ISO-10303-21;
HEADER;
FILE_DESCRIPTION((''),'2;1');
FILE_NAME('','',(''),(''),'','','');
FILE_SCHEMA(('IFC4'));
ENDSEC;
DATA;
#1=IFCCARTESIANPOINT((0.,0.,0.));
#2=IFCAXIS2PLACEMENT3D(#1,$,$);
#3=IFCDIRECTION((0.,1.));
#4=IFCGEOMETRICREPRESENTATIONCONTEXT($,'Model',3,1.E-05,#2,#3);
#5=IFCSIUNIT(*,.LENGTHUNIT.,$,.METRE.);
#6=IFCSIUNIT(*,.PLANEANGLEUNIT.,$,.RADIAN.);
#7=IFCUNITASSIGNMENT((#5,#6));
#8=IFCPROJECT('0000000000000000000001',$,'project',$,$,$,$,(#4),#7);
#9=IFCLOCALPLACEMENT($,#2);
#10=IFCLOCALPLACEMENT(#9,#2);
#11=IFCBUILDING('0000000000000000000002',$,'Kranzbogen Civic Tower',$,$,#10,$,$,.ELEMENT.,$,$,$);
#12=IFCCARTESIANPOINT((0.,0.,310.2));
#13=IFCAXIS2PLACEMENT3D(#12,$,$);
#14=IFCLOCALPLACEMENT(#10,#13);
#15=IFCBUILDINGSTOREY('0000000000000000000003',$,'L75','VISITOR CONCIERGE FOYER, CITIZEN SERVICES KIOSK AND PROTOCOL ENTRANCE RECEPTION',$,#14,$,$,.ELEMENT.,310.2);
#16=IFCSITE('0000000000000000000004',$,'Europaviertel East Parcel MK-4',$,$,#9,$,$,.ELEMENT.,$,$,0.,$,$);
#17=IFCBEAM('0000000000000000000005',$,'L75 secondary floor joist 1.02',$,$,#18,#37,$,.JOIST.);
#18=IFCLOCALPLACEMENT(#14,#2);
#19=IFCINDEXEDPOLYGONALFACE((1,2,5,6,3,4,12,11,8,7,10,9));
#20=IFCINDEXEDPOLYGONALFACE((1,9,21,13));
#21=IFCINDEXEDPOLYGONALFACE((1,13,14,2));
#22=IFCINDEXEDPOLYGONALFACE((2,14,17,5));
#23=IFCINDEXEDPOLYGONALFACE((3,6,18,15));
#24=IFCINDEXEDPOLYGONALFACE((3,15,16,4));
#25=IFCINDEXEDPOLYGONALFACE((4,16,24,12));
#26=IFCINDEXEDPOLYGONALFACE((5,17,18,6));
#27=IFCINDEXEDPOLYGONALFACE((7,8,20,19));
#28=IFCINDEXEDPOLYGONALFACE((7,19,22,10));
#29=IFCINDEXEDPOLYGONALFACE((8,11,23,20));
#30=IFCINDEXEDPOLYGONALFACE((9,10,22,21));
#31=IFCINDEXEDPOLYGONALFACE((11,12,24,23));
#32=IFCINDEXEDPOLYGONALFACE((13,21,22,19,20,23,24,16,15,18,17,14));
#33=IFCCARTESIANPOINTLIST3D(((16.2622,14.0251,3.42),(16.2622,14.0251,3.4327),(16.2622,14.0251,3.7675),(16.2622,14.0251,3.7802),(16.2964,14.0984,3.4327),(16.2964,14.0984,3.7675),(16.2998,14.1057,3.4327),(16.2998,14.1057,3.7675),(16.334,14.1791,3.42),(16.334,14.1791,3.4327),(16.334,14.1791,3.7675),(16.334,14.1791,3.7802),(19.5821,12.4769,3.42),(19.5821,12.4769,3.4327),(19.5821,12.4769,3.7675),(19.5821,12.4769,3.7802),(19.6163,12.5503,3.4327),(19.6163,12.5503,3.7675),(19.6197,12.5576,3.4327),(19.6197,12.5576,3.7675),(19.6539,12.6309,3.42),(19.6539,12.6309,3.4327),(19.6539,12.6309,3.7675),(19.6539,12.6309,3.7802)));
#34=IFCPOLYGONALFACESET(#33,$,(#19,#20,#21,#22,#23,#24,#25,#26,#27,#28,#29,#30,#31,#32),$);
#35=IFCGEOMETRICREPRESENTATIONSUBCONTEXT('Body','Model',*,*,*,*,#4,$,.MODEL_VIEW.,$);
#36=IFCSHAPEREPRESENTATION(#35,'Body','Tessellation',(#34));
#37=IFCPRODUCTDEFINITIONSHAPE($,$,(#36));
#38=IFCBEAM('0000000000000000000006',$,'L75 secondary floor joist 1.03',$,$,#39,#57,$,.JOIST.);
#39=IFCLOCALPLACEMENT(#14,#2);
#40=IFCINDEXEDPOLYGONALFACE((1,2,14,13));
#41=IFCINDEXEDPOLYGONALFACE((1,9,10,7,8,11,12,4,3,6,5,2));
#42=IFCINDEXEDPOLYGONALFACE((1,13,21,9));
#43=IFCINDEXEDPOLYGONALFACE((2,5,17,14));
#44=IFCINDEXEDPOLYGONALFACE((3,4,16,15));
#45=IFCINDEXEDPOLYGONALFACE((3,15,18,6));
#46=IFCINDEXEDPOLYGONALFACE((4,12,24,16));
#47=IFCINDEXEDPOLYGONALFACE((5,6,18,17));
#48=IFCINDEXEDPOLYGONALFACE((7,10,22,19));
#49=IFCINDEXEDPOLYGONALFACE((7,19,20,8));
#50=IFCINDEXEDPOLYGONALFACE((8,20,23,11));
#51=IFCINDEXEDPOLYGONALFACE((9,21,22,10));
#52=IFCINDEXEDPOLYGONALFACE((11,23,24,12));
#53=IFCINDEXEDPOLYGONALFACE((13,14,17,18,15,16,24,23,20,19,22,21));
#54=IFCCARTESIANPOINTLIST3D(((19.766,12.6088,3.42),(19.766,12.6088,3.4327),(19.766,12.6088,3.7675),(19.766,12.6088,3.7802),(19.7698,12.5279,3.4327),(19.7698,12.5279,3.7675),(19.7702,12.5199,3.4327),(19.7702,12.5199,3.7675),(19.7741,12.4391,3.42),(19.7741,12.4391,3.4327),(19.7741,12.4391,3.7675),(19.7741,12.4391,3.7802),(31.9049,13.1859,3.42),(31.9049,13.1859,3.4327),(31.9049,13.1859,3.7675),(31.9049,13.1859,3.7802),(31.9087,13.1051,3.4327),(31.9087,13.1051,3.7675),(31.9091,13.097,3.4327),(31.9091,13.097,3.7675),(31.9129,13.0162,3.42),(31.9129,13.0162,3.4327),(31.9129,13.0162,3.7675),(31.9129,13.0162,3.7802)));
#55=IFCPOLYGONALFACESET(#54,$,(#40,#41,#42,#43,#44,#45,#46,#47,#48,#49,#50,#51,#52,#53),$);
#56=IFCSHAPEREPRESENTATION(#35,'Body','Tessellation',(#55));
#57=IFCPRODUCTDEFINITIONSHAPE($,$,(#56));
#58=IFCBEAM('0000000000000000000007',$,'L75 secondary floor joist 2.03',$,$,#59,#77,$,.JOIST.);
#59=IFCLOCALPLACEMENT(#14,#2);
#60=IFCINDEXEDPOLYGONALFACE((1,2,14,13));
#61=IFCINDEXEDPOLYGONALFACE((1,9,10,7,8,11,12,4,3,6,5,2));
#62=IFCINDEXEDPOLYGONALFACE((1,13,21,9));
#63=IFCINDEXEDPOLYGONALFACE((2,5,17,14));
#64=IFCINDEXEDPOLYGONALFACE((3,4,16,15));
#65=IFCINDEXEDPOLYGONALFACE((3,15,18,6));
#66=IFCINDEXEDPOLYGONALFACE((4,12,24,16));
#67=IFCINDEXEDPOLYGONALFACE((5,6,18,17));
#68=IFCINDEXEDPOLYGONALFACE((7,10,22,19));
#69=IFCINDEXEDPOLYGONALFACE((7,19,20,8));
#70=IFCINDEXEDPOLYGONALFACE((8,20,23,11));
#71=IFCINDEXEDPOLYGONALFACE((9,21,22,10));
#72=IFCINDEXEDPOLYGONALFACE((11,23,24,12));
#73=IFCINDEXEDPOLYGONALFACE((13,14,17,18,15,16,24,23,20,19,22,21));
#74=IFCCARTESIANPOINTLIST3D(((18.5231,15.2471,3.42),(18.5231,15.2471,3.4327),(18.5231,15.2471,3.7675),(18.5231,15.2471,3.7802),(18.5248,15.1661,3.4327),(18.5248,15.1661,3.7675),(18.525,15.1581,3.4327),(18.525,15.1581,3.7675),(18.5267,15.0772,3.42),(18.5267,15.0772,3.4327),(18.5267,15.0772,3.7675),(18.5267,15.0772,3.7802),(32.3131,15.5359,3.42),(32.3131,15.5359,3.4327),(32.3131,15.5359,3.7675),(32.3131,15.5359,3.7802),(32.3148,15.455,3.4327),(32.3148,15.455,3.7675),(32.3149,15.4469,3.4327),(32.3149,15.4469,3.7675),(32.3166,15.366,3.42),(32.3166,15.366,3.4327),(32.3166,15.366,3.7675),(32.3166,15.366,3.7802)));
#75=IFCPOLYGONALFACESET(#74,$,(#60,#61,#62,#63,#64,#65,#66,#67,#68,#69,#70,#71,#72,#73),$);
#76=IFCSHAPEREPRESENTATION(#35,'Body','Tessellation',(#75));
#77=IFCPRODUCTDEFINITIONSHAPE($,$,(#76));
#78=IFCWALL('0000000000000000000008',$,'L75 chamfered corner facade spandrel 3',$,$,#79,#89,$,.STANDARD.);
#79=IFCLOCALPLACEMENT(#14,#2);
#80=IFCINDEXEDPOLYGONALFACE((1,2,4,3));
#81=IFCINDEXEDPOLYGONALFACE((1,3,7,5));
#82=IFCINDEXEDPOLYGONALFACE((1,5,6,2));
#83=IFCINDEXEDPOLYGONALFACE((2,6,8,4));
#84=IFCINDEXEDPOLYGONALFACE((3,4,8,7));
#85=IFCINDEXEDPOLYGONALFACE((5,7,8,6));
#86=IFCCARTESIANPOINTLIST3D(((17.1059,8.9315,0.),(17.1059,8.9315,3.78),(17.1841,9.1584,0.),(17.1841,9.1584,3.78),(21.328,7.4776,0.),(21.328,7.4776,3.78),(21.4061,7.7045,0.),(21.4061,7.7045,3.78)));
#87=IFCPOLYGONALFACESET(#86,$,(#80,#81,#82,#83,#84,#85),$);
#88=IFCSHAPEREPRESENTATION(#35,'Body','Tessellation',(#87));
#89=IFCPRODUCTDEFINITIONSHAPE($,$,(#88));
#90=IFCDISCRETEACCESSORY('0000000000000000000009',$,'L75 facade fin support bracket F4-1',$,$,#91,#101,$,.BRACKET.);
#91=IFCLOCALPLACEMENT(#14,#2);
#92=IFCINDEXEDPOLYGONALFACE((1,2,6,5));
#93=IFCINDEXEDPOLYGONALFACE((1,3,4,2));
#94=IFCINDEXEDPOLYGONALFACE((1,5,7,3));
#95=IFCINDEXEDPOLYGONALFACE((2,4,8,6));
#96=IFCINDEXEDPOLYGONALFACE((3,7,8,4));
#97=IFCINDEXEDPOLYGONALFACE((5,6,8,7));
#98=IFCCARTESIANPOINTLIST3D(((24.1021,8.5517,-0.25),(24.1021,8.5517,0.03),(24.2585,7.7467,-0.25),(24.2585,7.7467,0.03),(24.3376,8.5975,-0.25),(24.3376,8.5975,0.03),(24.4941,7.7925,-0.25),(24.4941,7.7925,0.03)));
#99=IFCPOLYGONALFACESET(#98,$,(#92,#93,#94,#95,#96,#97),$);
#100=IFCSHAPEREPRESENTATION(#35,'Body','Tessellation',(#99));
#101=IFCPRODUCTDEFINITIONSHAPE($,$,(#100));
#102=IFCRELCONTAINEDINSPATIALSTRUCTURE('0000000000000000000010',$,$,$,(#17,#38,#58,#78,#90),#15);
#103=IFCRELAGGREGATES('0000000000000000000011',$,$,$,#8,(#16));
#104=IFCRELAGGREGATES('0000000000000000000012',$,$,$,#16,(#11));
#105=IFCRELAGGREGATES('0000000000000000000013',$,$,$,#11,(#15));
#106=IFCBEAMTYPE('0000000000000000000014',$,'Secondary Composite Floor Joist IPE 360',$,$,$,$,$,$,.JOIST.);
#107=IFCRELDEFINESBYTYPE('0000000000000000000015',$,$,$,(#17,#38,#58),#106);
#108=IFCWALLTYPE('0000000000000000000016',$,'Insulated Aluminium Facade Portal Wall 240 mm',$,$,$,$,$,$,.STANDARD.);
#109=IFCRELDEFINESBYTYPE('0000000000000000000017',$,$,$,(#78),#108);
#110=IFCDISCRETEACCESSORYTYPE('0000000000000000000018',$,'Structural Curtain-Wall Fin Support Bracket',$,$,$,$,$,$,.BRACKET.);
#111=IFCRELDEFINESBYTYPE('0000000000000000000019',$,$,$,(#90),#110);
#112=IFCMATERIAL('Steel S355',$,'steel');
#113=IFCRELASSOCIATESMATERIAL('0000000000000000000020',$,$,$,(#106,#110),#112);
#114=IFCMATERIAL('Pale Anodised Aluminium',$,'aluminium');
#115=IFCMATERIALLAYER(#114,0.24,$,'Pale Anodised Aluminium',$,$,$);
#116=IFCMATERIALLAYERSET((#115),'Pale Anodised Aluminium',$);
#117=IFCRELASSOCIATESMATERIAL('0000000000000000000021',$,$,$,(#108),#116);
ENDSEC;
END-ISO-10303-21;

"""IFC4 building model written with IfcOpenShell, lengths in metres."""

from ifc_helpers import new_model, si_unit, direction, frame, frame_2d, origin, origin_2d, place, context, subcontext, project, spatial, rectangle, i_section, extrude, material, layer, layer_set, material_profile, profile_set, type_object, element, save


model = new_model("IFC4")

# Units and contexts
model_context = context("Model", 3, precision=1e-05, world=origin(), true_north=direction((0.0, 1.0)))
body_context = subcontext(model_context, "Body", "Model", "MODEL_VIEW")
ifc_project = project(units=[si_unit("LENGTHUNIT", "METRE"), si_unit("PLANEANGLEUNIT", "RADIAN")], contexts=[model_context])

# Site, building, storey
site_placement = place(None, origin())
site = spatial("IfcSite", under=ifc_project, at=site_placement, Name="Europaviertel East Parcel MK-4", CompositionType="ELEMENT", RefElevation=0.0)
building_placement = place(site_placement, origin())
building = spatial("IfcBuilding", under=site, at=building_placement, Name="Kranzbogen Civic Tower", CompositionType="ELEMENT")
storey_placement = place(building_placement, frame((0.0, 0.0, 310.2)))
storey = spatial("IfcBuildingStorey", under=building, at=storey_placement, Name="L75", Description="VISITOR CONCIERGE FOYER, CITIZEN SERVICES KIOSK AND PROTOCOL ENTRANCE RECEPTION", CompositionType="ELEMENT", Elevation=310.2)

# Shared definitions
ifc_material_1 = material(Name="Steel S355", Category="steel")

# Shared definitions
ifc_material_2 = material(Name="Pale Anodised Aluminium", Category="aluminium")

# Beams
ifc_material_profile_1 = material_profile(ifc_material_1, i_section(OverallWidth=0.1699, OverallDepth=0.3601, WebThickness=0.0081, FlangeThickness=0.0127, at=origin_2d()), Name="IPE 360")
ifc_profile_set_1 = profile_set([ifc_material_profile_1], Name="Steel S355")
beam_type_1 = type_object("IfcBeamType", Name="Secondary Composite Floor Joist IPE 360", PredefinedType="JOIST", material=ifc_profile_set_1)
beam_1_placement = place(storey_placement, frame((16.2981, 14.1021, 3.6001), z_axis=(0.906304, -0.422626, 0.0), x_axis=(0.422626, 0.906304, 0.0)))
element("IfcBeam", 1, at=beam_1_placement, inside=storey, type_object=beam_type_1, Name="L75 secondary floor joist 1.02", PredefinedType="JOIST", context=body_context, shape_type="SweptSolid", body=[
    extrude(i_section(OverallWidth=0.1699, OverallDepth=0.3601, WebThickness=0.0081, FlangeThickness=0.0127, at=origin_2d()), origin(), (0.0, 0.0, 1.0), 3.6631),
])
beam_2_placement = place(storey_placement, frame((19.77, 12.5239, 3.6001), z_axis=(0.998872, 0.047492, 0.0), x_axis=(-0.047492, 0.998872, 0.0)))
element("IfcBeam", 2, at=beam_2_placement, inside=storey, type_object=beam_type_1, Name="L75 secondary floor joist 1.03", PredefinedType="JOIST", context=body_context, shape_type="SweptSolid", body=[
    extrude(i_section(OverallWidth=0.1699, OverallDepth=0.3601, WebThickness=0.0081, FlangeThickness=0.0127, at=origin_2d()), origin(), (0.0, 0.0, 1.0), 12.1526),
])
beam_3_placement = place(storey_placement, frame((18.5249, 15.1621, 3.6001), z_axis=(0.999781, 0.020939, 0.0), x_axis=(-0.020939, 0.999781, 0.0)))
element("IfcBeam", 3, at=beam_3_placement, inside=storey, type_object=beam_type_1, Name="L75 secondary floor joist 2.03", PredefinedType="JOIST", context=body_context, shape_type="SweptSolid", body=[
    extrude(i_section(OverallWidth=0.1699, OverallDepth=0.3601, WebThickness=0.0081, FlangeThickness=0.0127, at=origin_2d()), origin(), (0.0, 0.0, 1.0), 13.793),
])

# Wall
ifc_layer_1 = layer(ifc_material_2, 0.24, Name="Pale Anodised Aluminium")
ifc_layer_set_1 = layer_set([ifc_layer_1], Name="Pale Anodised Aluminium")
wall_type = type_object("IfcWallType", Name="Insulated Aluminium Facade Portal Wall 240 mm", PredefinedType="STANDARD", material=ifc_layer_set_1)
wall_placement = place(storey_placement, frame((17.145, 9.0449, 0.0), z_axis=(0.0, 0.0, 1.0), x_axis=(0.945509, -0.325595, 0.0)))
element("IfcWall", 4, at=wall_placement, inside=storey, type_object=wall_type, Name="L75 chamfered corner facade spandrel 3", PredefinedType="STANDARD", context=body_context, shape_type="SweptSolid", body=[
    extrude(rectangle(XDim=4.4653, YDim=0.24, at=frame_2d((2.2327, 0.0))), origin(), (0.0, 0.0, 1.0), 3.78),
])

# Discrete accessory
discrete_accessory_type = type_object("IfcDiscreteAccessoryType", Name="Structural Curtain-Wall Fin Support Bracket", PredefinedType="BRACKET", material=ifc_material_1)
discrete_accessory_placement = place(storey_placement, frame((24.2981, 8.1721, -0.25), z_axis=(0.0, 0.0, 1.0), x_axis=(0.190809, -0.981627, 0.0)))
element("IfcDiscreteAccessory", 5, at=discrete_accessory_placement, inside=storey, type_object=discrete_accessory_type, Name="L75 facade fin support bracket F4-1", PredefinedType="BRACKET", context=body_context, shape_type="SweptSolid", body=[
    extrude(rectangle(XDim=0.8201, YDim=0.24, at=origin_2d()), origin(), (0.0, 0.0, 1.0), 0.28),
])

save(model, "model.ifc")
